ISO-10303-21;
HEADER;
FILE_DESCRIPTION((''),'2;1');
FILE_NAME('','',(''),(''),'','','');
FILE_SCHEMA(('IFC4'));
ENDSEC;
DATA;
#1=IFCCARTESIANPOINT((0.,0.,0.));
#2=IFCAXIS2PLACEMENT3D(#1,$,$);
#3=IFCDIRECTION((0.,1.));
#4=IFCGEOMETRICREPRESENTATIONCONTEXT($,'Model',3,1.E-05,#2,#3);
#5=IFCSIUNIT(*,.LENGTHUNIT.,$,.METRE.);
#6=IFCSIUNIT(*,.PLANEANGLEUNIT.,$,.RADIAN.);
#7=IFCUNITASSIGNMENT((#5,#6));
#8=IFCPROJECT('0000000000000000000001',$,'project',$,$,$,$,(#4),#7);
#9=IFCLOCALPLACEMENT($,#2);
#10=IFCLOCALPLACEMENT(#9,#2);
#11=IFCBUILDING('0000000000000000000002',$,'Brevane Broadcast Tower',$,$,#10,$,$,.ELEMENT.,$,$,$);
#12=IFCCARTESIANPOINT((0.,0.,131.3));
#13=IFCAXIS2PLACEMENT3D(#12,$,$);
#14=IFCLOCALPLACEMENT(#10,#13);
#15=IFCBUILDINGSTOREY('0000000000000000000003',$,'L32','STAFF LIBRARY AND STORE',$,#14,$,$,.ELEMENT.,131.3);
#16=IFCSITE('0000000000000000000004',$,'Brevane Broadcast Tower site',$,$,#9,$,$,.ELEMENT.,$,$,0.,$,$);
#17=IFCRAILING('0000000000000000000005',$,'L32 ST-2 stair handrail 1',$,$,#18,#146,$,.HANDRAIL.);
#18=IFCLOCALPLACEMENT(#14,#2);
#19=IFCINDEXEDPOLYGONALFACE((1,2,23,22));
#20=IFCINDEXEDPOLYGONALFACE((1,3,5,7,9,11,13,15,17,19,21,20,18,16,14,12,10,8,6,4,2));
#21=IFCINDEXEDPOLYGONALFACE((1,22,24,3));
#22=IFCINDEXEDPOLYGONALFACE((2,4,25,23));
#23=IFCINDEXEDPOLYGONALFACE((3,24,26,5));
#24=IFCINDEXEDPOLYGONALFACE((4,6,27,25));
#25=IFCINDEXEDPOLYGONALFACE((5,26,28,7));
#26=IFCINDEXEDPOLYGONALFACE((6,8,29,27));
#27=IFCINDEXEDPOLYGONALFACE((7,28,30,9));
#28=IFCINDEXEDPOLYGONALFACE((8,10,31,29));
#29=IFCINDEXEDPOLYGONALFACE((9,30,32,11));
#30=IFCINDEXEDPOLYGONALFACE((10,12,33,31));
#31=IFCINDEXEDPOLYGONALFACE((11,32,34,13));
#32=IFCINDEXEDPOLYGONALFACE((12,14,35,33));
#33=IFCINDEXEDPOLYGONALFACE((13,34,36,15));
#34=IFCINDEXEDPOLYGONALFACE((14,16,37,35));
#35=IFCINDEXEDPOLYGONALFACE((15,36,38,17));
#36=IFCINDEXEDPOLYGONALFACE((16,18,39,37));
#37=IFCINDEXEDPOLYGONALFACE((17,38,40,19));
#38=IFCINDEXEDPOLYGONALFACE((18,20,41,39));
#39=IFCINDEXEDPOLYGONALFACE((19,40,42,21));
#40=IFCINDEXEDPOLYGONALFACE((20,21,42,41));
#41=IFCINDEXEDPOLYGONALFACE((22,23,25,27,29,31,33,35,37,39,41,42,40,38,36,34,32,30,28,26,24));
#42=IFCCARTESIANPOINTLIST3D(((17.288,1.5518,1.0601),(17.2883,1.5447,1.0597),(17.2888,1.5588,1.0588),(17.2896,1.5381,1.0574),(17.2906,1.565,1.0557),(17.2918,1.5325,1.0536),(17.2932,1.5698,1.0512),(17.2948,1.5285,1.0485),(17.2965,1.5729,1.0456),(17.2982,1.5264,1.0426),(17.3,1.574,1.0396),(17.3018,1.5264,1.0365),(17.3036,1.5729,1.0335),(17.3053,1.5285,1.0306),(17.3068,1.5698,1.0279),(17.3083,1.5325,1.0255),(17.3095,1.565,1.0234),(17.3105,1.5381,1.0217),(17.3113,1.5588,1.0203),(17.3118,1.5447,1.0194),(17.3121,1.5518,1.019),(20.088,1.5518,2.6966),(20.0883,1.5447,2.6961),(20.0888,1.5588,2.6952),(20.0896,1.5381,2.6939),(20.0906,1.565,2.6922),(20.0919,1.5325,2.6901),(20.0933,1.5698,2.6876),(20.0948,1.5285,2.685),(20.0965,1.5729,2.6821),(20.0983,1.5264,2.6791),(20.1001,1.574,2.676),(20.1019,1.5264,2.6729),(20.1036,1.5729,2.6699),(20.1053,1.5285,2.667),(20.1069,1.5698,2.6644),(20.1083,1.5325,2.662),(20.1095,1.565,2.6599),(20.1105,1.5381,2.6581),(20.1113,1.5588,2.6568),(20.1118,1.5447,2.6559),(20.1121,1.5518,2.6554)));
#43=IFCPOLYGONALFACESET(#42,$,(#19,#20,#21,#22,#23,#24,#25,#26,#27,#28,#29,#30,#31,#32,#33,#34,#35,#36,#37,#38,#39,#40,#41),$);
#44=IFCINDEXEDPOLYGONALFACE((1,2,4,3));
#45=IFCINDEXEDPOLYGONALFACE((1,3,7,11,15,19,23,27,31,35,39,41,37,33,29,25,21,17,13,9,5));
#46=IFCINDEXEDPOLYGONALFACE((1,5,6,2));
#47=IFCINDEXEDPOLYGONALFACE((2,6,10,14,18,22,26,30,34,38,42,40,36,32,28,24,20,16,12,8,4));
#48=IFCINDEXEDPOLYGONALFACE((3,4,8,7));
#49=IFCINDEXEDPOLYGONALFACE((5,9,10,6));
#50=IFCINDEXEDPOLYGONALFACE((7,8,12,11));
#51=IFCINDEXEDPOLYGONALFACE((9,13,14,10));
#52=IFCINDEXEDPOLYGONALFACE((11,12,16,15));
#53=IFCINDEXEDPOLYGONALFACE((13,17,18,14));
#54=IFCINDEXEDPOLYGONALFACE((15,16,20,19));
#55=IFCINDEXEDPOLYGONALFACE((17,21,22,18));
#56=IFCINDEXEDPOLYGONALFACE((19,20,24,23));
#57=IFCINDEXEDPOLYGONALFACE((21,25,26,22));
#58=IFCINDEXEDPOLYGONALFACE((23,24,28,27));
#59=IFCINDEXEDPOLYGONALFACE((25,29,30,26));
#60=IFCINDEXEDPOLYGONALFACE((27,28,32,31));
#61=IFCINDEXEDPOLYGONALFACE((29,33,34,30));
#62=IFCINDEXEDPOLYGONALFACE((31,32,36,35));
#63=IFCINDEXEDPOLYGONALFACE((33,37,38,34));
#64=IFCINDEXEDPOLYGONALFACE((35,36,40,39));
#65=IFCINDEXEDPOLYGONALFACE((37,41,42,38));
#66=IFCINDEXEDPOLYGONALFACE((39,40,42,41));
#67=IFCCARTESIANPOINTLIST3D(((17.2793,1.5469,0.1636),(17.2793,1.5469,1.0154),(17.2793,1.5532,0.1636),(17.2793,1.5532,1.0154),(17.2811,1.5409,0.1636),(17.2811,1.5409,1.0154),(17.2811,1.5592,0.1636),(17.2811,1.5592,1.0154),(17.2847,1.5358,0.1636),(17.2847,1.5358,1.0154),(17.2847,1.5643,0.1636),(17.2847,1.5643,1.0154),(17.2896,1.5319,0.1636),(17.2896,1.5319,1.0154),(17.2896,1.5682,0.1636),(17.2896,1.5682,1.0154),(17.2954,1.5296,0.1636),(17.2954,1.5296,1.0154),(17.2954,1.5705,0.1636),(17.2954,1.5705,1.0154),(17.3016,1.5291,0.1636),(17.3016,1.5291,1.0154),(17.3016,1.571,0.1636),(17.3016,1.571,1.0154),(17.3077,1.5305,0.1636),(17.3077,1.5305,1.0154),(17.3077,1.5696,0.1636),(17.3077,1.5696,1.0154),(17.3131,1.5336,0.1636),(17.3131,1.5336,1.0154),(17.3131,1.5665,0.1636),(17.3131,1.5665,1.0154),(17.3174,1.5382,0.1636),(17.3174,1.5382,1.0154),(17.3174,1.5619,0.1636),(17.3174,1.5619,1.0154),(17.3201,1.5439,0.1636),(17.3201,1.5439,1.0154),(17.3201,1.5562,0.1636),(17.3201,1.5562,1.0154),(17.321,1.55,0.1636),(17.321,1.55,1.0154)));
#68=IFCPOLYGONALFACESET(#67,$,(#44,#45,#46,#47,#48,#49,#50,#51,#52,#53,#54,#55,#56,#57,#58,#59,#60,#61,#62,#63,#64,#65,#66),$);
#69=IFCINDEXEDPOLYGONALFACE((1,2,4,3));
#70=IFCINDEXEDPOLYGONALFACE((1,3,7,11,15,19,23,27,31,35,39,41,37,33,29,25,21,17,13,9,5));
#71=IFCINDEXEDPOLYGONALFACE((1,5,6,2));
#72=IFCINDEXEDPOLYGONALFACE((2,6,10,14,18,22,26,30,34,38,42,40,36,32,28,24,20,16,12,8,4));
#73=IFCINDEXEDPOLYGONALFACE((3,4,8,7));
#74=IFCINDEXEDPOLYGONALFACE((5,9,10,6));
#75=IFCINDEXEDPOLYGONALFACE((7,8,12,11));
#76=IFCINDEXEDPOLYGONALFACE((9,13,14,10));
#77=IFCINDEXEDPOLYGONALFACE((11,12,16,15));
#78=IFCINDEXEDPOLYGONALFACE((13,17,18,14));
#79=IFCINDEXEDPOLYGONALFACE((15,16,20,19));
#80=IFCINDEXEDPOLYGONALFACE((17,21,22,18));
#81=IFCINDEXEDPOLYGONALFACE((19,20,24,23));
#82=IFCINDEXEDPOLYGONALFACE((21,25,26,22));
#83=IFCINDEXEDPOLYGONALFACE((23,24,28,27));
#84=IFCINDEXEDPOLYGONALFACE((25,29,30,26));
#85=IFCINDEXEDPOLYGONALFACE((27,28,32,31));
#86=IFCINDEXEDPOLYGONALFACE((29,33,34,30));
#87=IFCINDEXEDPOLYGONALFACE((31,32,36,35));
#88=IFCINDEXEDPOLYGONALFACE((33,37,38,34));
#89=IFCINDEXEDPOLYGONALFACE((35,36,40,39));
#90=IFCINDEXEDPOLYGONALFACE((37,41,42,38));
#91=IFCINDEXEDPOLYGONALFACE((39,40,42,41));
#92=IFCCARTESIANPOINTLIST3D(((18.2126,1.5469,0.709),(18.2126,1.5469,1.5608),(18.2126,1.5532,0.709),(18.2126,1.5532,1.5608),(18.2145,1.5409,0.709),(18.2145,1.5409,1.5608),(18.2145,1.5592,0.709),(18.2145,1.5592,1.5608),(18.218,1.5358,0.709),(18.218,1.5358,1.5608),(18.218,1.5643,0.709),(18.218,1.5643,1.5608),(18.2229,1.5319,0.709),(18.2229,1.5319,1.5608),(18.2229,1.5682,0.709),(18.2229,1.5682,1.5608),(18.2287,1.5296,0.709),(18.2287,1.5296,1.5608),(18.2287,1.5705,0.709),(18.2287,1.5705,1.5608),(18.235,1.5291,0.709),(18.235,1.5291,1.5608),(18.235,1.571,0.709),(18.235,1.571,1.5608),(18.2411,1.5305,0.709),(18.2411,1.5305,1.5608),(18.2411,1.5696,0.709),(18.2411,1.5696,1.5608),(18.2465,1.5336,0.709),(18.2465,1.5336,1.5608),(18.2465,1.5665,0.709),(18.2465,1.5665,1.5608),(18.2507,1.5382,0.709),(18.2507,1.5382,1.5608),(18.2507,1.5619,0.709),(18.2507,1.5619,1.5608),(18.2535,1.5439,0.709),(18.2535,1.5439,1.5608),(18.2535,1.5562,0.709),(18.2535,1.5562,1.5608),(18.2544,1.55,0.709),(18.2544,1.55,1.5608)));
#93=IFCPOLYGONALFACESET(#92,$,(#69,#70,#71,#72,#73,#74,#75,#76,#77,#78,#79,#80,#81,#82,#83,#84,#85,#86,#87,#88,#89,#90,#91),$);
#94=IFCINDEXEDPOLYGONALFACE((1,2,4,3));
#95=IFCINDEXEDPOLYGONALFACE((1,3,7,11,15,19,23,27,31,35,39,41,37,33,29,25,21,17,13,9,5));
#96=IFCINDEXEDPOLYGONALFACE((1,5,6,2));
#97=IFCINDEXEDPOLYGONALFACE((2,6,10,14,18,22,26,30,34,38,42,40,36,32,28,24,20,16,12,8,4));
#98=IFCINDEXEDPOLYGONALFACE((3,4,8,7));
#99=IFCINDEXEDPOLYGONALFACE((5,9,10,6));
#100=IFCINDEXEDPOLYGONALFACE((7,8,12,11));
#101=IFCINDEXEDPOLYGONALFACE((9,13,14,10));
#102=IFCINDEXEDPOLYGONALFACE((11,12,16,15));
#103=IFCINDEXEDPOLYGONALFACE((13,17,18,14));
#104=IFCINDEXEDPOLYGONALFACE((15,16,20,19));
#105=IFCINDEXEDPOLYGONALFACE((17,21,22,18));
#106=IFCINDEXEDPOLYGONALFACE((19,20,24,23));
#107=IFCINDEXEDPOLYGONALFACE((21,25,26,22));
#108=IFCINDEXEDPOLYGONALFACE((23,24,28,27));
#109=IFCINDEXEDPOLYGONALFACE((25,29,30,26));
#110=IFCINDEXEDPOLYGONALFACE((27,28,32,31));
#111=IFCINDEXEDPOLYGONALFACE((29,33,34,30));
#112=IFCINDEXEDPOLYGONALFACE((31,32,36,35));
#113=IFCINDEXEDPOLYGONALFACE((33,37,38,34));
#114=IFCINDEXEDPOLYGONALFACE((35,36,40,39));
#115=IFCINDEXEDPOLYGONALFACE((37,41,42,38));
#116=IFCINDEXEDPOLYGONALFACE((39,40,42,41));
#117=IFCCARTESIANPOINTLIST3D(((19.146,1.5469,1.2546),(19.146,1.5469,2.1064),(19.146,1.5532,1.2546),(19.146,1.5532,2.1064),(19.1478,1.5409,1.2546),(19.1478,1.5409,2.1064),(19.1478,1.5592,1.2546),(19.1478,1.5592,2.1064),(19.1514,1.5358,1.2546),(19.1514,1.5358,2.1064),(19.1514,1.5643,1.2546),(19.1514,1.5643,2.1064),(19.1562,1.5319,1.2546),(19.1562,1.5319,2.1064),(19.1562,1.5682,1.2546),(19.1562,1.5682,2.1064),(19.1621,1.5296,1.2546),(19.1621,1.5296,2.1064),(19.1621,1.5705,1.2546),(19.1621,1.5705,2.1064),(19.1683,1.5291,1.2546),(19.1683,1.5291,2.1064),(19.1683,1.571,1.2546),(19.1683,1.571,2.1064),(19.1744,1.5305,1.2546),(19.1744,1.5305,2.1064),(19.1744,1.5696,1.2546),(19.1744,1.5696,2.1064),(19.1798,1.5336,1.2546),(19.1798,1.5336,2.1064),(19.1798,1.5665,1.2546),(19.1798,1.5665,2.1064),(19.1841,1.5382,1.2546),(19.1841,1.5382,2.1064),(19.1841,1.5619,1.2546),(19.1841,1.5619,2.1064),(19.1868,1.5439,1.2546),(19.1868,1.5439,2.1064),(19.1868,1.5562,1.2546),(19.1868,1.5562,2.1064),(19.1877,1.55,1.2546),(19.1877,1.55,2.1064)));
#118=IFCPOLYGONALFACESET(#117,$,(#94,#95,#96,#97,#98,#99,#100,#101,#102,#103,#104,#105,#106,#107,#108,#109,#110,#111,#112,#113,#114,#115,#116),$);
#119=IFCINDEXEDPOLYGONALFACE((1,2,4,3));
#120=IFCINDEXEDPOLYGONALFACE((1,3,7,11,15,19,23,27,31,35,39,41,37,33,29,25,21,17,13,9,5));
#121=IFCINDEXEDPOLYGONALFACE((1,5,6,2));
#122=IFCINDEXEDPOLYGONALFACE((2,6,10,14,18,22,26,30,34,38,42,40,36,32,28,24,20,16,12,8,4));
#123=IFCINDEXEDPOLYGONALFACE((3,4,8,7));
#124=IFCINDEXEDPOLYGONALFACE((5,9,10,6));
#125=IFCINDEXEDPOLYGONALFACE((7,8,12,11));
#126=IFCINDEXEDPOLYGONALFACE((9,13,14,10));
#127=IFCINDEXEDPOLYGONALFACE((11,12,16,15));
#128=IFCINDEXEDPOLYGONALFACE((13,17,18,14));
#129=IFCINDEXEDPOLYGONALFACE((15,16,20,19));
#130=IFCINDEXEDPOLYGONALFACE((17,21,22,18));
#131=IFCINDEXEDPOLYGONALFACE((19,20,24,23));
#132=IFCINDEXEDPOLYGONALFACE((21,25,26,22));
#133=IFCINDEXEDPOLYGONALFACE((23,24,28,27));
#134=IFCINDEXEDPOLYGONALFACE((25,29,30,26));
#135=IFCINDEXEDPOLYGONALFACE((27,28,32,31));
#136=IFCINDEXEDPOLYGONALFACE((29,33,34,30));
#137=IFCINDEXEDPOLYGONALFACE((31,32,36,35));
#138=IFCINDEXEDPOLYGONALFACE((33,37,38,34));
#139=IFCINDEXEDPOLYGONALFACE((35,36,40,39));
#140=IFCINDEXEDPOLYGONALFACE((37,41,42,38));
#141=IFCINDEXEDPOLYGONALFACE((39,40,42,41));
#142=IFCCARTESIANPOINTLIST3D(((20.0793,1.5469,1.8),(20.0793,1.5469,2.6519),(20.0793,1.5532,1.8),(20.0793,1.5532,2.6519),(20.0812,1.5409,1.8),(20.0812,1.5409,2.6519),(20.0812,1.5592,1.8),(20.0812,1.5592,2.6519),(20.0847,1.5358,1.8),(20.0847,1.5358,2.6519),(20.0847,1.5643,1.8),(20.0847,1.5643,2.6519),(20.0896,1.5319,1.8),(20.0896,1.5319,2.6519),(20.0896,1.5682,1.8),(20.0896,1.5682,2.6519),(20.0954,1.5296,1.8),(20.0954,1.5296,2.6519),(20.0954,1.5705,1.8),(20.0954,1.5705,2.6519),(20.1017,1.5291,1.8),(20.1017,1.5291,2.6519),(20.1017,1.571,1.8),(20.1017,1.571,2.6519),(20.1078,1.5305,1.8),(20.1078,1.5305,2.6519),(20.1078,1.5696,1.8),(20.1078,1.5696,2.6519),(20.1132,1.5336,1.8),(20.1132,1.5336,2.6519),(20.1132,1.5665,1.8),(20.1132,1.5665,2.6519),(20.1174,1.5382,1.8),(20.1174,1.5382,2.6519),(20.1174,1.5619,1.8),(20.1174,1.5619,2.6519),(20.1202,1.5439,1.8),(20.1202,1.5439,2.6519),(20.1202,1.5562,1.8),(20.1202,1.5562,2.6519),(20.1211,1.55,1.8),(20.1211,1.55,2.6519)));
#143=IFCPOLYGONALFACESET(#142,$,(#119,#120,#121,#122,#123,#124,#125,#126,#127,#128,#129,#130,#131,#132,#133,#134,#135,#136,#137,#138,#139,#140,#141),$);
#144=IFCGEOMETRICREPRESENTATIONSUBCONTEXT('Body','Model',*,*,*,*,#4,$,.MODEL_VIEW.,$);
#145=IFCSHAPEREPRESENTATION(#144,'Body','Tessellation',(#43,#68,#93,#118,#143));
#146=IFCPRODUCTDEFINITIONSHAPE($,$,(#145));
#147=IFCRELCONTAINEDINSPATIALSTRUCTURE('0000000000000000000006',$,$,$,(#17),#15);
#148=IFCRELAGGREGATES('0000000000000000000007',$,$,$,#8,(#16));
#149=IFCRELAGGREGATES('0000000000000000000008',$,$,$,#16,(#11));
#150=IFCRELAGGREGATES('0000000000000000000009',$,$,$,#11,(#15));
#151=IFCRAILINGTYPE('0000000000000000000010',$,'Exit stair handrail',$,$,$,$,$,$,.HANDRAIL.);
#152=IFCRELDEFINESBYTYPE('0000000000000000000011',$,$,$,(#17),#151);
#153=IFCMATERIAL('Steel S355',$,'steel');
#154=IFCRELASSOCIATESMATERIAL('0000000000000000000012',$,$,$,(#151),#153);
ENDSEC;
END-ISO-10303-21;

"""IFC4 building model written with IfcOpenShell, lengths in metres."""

from ifc_helpers import new_model, si_unit, direction, frame, origin, origin_2d, place, context, subcontext, project, spatial, circle, extrude, material, type_object, element, save


model = new_model("IFC4")

# Units and contexts
model_context = context("Model", 3, precision=1e-05, world=origin(), true_north=direction((0.0, 1.0)))
body_context = subcontext(model_context, "Body", "Model", "MODEL_VIEW")
ifc_project = project(units=[si_unit("LENGTHUNIT", "METRE"), si_unit("PLANEANGLEUNIT", "RADIAN")], contexts=[model_context])

# Site, building, storey
site_placement = place(None, origin())
site = spatial("IfcSite", under=ifc_project, at=site_placement, Name="Brevane Broadcast Tower site", CompositionType="ELEMENT", RefElevation=0.0)
building_placement = place(site_placement, origin())
building = spatial("IfcBuilding", under=site, at=building_placement, Name="Brevane Broadcast Tower", CompositionType="ELEMENT")
storey_placement = place(building_placement, frame((0.0, 0.0, 131.3)))
storey = spatial("IfcBuildingStorey", under=building, at=storey_placement, Name="L32", Description="STAFF LIBRARY AND STORE", CompositionType="ELEMENT", Elevation=131.3)

# Railing
ifc_material_1 = material(Name="Steel S355", Category="steel")
railing_type_1 = type_object("IfcRailingType", Name="Exit stair handrail", PredefinedType="HANDRAIL", material=ifc_material_1)
railing_1_placement = place(storey_placement, frame((17.3, 1.55, 0.1636)))
element("IfcRailing", 1, at=railing_1_placement, inside=storey, type_object=railing_type_1, Name="L32 ST-2 stair handrail 1", PredefinedType="HANDRAIL", context=body_context, shape_type="SweptSolid", body=[
    extrude(circle(Radius=0.0239, at=origin_2d()), frame((0.0, 0.0, 0.876), z_axis=(0.863361, 0.0, 0.504587), x_axis=(0.0, 1.0, 0.0)), (0.0, 0.0, 1.0), 3.2432),
    extrude(circle(Radius=0.021, at=origin_2d()), origin(), (0.0, 0.0, 1.0), 0.8518),
    extrude(circle(Radius=0.021, at=origin_2d()), frame((0.9333, 0.0, 0.5454)), (0.0, 0.0, 1.0), 0.8518),
    extrude(circle(Radius=0.021, at=origin_2d()), frame((1.8667, 0.0, 1.0911)), (0.0, 0.0, 1.0), 0.8518),
    extrude(circle(Radius=0.021, at=origin_2d()), frame((2.8, 0.0, 1.6365)), (0.0, 0.0, 1.0), 0.8518),
])

save(model, "model.ifc")
